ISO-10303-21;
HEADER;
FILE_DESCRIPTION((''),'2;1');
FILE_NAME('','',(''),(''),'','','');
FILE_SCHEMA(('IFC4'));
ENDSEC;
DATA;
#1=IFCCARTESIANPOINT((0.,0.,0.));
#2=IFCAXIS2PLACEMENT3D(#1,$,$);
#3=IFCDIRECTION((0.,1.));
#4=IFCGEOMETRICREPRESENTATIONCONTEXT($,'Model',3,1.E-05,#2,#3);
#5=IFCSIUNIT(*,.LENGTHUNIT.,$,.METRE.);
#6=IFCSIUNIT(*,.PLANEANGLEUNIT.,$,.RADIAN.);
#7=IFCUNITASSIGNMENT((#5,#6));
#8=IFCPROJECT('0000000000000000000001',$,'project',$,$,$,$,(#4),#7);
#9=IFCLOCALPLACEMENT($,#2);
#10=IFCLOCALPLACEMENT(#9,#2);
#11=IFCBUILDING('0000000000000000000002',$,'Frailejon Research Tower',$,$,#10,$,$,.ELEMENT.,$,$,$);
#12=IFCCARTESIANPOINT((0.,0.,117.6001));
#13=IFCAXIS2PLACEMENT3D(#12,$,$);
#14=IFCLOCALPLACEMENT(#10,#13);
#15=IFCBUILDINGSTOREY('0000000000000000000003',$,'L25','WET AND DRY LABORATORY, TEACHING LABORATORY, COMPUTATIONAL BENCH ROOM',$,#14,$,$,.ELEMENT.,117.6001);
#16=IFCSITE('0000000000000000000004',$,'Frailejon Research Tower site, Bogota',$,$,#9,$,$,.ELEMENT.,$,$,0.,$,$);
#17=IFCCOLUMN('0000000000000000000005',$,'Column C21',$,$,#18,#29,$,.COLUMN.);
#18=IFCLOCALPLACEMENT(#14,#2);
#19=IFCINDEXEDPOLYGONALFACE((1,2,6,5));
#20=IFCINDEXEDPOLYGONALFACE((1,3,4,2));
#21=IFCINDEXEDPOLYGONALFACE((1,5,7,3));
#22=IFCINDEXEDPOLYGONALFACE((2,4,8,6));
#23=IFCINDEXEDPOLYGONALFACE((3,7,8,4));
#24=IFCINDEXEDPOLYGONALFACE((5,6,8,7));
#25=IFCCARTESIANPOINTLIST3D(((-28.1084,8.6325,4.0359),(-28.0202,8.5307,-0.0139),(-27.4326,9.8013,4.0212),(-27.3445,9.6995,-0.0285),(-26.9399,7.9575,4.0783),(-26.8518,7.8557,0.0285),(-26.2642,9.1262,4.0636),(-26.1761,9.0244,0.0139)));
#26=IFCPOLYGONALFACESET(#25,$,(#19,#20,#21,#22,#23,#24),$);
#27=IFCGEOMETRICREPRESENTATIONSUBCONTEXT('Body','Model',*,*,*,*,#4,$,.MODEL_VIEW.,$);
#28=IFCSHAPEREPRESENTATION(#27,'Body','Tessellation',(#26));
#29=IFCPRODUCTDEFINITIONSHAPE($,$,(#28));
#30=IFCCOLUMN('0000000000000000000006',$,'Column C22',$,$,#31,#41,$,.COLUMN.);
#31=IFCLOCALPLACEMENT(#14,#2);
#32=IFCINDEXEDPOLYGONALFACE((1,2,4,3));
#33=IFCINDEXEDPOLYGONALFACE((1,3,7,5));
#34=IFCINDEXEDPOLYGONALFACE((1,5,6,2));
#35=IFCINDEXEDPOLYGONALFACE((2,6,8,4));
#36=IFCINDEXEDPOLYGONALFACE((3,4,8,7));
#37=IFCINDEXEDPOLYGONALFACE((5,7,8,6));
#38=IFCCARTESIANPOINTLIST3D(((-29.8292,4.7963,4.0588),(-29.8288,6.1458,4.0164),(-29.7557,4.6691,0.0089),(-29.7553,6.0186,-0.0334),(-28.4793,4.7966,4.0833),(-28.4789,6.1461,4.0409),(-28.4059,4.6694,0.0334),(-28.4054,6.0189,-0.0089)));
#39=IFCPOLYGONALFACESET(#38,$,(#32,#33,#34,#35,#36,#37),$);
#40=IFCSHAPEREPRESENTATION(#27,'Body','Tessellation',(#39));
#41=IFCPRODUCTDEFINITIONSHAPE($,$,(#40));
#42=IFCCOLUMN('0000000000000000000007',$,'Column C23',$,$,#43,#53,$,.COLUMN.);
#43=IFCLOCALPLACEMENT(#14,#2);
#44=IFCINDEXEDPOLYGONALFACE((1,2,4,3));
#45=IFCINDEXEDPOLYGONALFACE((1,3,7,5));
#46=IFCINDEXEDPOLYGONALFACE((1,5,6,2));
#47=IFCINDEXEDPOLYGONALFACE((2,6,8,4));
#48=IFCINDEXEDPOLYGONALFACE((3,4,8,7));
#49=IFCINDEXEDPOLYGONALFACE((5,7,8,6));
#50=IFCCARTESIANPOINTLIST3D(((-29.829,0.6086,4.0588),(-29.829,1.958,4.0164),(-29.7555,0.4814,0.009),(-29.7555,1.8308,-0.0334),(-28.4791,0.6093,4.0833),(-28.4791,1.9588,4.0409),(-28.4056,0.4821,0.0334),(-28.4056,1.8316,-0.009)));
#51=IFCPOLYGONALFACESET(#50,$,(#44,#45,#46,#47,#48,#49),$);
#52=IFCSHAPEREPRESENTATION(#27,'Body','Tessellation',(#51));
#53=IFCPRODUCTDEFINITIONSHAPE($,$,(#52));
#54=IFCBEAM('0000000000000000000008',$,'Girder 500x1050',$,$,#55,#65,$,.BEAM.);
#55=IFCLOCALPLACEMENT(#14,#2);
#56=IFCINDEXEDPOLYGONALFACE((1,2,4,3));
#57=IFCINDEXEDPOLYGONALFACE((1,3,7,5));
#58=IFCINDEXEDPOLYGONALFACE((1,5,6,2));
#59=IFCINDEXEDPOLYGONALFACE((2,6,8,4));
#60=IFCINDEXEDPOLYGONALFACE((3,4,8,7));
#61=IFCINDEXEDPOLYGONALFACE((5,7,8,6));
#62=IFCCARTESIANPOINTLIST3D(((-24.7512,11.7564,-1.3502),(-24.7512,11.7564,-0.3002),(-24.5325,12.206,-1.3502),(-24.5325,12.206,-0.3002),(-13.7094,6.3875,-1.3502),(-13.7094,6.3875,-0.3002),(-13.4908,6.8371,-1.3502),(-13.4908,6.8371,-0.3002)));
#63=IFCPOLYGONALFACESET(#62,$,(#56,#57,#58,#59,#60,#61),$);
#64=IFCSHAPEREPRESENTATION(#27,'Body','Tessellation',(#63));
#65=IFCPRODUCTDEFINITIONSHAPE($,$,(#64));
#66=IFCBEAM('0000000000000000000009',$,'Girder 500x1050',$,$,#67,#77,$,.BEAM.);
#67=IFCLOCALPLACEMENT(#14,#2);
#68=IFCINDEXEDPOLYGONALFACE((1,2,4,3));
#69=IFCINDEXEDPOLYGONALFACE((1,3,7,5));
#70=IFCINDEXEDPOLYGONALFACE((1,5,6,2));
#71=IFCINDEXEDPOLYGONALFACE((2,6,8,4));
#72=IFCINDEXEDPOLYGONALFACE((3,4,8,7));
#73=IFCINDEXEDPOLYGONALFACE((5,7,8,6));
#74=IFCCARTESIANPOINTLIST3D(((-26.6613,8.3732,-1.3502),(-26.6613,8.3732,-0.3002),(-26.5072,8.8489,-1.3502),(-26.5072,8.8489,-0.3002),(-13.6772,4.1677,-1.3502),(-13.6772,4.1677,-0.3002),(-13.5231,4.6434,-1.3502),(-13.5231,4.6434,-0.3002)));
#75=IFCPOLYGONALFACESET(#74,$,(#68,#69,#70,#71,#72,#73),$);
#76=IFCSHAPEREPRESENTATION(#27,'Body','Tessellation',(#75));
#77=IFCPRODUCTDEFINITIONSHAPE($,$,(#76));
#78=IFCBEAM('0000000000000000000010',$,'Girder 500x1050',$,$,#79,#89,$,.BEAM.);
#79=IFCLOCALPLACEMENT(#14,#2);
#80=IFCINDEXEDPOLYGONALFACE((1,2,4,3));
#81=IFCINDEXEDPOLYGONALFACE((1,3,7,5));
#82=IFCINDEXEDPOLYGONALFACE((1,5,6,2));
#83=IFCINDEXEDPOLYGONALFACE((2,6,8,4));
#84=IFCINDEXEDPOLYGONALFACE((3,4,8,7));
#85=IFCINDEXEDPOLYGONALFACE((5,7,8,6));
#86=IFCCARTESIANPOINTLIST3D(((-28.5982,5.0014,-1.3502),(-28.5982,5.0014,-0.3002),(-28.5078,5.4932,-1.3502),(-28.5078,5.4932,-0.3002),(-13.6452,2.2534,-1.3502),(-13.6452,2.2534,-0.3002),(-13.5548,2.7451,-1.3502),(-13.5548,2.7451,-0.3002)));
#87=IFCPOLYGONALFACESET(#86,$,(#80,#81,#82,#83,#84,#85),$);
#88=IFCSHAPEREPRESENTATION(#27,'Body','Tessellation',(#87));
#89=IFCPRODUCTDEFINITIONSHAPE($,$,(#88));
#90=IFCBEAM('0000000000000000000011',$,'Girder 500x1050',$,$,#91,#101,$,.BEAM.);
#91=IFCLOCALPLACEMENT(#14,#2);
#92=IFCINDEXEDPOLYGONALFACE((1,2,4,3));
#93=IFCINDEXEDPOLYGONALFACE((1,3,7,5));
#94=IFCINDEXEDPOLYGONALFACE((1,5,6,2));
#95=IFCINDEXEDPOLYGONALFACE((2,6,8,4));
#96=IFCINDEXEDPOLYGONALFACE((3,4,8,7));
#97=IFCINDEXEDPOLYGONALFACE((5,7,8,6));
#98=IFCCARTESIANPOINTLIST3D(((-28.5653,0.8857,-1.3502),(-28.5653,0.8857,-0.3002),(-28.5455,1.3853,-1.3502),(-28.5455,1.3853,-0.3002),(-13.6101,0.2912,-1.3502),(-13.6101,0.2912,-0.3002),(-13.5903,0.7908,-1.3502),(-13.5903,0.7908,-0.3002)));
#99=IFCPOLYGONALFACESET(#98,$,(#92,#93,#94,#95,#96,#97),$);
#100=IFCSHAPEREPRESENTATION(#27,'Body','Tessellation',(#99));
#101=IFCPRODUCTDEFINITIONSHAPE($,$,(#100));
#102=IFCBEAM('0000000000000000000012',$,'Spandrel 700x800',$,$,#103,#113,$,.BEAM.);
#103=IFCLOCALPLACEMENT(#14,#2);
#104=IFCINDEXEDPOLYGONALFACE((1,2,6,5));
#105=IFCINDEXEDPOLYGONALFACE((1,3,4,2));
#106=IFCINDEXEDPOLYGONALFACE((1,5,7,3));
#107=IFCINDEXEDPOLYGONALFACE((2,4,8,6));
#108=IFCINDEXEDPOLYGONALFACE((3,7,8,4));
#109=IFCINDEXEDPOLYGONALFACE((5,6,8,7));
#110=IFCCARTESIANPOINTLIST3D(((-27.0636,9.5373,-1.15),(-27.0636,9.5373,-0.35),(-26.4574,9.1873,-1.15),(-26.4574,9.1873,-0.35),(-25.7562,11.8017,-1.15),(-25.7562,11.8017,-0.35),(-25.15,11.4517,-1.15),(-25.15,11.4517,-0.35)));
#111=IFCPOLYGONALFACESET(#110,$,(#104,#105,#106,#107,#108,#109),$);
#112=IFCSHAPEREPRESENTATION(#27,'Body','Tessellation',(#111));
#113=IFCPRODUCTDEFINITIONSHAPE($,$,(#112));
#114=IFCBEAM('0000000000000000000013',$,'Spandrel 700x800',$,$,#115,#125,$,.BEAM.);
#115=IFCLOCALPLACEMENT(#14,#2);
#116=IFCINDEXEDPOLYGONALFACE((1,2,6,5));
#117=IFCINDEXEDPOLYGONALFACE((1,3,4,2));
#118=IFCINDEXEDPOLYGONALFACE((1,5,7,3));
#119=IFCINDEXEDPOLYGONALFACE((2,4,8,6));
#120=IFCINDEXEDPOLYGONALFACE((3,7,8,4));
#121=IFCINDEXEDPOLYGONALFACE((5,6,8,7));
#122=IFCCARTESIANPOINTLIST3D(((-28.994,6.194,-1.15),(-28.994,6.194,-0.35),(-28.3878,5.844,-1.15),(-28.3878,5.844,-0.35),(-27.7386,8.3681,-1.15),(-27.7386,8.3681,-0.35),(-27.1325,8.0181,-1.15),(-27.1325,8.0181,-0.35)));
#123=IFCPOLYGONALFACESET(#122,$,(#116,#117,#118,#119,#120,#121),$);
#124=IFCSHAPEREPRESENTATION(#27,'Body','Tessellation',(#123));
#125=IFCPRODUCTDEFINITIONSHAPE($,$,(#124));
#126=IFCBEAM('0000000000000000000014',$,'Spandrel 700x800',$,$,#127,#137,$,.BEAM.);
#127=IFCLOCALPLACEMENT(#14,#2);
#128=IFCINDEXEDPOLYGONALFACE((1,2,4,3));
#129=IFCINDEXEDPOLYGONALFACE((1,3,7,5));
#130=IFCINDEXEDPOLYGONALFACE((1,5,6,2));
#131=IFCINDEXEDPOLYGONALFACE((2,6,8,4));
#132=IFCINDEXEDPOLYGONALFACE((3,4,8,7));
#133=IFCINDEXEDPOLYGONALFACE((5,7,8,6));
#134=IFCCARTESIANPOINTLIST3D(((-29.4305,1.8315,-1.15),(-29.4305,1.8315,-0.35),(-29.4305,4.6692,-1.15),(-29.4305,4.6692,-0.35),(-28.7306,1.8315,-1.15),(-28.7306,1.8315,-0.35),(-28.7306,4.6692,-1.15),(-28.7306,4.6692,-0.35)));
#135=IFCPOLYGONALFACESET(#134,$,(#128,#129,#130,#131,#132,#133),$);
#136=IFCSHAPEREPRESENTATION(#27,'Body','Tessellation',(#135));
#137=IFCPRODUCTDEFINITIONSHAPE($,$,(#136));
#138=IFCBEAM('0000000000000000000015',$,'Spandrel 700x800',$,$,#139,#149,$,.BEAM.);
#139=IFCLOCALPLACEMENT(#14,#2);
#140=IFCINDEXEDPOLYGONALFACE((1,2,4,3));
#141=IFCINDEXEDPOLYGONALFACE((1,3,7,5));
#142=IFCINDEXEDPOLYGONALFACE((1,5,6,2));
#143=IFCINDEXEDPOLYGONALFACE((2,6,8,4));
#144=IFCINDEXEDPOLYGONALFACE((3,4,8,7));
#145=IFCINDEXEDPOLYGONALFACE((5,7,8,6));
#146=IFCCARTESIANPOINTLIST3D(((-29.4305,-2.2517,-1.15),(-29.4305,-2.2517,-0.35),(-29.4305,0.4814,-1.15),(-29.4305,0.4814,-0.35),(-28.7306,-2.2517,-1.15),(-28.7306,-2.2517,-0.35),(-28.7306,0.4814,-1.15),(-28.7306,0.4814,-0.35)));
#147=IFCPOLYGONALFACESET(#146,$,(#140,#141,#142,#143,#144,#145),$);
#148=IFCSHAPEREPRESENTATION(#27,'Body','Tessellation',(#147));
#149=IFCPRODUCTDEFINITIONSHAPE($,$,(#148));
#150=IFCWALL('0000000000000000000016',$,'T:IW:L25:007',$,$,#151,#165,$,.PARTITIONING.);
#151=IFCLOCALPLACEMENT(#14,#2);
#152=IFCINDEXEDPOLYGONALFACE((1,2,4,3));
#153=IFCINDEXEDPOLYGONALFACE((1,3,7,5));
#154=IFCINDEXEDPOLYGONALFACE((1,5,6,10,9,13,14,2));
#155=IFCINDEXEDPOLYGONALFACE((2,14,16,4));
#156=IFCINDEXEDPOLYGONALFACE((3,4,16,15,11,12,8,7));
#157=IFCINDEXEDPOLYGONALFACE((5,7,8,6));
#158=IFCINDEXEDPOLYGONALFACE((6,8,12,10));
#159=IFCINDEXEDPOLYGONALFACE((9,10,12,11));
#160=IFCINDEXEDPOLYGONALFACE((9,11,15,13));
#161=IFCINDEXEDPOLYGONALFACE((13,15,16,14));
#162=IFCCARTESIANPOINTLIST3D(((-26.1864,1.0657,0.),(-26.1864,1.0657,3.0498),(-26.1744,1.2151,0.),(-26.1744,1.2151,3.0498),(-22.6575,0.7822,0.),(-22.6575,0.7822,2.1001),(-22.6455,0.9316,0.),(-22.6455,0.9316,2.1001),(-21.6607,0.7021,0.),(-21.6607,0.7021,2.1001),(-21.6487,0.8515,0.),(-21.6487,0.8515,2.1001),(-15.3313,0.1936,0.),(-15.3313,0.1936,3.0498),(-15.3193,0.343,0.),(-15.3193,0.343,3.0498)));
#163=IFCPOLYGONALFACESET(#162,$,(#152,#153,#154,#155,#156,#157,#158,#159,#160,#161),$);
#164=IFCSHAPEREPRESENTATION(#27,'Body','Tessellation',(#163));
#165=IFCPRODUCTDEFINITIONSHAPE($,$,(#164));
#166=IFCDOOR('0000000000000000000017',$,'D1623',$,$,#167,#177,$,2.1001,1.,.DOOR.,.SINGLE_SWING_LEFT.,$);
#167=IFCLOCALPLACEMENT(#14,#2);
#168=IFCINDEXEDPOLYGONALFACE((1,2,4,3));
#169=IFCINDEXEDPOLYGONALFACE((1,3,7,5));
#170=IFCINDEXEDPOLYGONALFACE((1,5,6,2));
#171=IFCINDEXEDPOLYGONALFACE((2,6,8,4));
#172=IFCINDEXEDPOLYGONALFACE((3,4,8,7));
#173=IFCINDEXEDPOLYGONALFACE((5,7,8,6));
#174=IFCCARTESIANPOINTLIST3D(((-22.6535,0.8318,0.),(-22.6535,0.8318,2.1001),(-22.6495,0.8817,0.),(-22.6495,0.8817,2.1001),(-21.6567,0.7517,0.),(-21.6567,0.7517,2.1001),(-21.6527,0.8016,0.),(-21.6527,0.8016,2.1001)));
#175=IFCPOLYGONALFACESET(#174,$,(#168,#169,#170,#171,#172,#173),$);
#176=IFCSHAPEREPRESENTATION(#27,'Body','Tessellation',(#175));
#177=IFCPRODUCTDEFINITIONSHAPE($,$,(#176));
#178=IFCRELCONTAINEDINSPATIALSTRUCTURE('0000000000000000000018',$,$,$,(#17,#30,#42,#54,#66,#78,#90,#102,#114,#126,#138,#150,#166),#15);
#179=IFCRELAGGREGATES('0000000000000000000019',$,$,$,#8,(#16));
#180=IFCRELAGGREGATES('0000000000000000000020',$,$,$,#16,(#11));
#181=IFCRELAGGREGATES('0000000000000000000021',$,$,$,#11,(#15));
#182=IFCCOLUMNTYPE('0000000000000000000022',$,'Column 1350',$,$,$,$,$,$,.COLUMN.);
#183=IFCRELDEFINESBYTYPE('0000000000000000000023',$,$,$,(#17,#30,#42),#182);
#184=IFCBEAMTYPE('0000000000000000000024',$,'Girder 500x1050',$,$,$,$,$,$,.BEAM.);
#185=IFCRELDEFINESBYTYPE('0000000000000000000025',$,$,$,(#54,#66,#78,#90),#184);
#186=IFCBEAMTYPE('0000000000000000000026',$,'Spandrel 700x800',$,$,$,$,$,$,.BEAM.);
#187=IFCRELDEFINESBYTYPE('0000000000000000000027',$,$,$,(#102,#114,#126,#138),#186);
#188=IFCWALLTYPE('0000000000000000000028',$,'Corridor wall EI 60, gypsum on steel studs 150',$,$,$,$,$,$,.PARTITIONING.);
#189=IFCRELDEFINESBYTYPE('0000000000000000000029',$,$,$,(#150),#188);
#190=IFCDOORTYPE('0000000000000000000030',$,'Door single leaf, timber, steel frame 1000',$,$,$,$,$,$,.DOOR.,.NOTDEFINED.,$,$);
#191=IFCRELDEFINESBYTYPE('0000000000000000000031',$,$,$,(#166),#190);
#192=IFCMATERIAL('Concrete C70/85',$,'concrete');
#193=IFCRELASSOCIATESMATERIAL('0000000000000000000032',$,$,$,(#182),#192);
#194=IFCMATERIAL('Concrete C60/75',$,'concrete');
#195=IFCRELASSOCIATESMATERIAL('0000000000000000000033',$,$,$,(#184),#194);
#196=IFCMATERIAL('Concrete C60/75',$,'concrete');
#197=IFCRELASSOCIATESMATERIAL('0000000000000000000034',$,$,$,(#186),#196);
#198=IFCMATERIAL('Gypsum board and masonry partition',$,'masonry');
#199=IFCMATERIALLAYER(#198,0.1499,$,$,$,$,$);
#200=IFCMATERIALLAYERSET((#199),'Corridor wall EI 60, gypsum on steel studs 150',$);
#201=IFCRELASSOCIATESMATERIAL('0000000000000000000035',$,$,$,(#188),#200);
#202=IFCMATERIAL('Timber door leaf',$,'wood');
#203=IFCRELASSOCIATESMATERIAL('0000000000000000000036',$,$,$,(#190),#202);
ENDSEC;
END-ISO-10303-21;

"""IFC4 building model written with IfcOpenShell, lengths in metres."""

from ifc_helpers import new_model, si_unit, direction, frame, frame_2d, origin, origin_2d, place, context, subcontext, project, spatial, rectangle, extrude, material, layer, layer_set, material_profile, profile_set, type_object, element, fill, save


model = new_model("IFC4")

# Units and contexts
model_context = context("Model", 3, precision=1e-05, world=origin(), true_north=direction((0.0, 1.0)))
body_context = subcontext(model_context, "Body", "Model", "MODEL_VIEW")
ifc_project = project(units=[si_unit("LENGTHUNIT", "METRE"), si_unit("PLANEANGLEUNIT", "RADIAN")], contexts=[model_context])

# Site, building, storey
site_placement = place(None, origin())
site = spatial("IfcSite", under=ifc_project, at=site_placement, Name="Frailejon Research Tower site, Bogota", CompositionType="ELEMENT", RefElevation=0.0)
building_placement = place(site_placement, origin())
building = spatial("IfcBuilding", under=site, at=building_placement, Name="Frailejon Research Tower", CompositionType="ELEMENT")
storey_placement = place(building_placement, frame((0.0, 0.0, 117.6001)))
storey = spatial("IfcBuildingStorey", under=building, at=storey_placement, Name="L25", Description="WET AND DRY LABORATORY, TEACHING LABORATORY, COMPUTATIONAL BENCH ROOM", CompositionType="ELEMENT", Elevation=117.6001)

# Columns
ifc_material_1 = material(Name="Concrete C70/85", Category="concrete")
ifc_material_profile_1 = material_profile(ifc_material_1, rectangle(XDim=1.3501, YDim=1.3501, at=origin_2d()), Name="Column 1350")
ifc_profile_set_1 = profile_set([ifc_material_profile_1], Name="Concrete C70/85")
column_type = type_object("IfcColumnType", Name="Column 1350", PredefinedType="COLUMN", material=ifc_profile_set_1)
column_placement = place(storey_placement, frame((-27.0981, 8.7776, 0.0), z_axis=(-0.021751, 0.025125, 0.999448), x_axis=(-0.500502, -0.865667, 0.010869)))
element("IfcColumn", 1, at=column_placement, inside=storey, type_object=column_type, Name="Column C21", PredefinedType="COLUMN", context=body_context, shape_type="SweptSolid", body=[
    extrude(rectangle(XDim=1.3501, YDim=1.3501, at=origin_2d()), origin(), (0.0, 0.0, 1.0), 4.052),
])
for number, where, z_axis, x_axis, name in (
    (2, (-29.0806, 5.344, 0.0), (-0.018134, 0.031388, 0.999343), (-0.000336, -0.999507, 0.031387), "Column C22"),
    (3, (-29.0806, 1.1565, 0.0), (-0.018134, 0.031388, 0.999343), (-0.000022, -0.999507, 0.031392), "Column C23"),
):
    element("IfcColumn", number, at=place(storey_placement, frame(where, z_axis=z_axis, x_axis=x_axis)), inside=storey, type_object=column_type, Name=name, PredefinedType="COLUMN", context=body_context, shape_type="SweptSolid", body=[
        extrude(rectangle(XDim=1.3501, YDim=1.3501, at=origin_2d()), origin(), (0.0, 0.0, 1.0), 4.0525),
    ])

# Beams
ifc_material_2 = material(Name="Concrete C60/75", Category="concrete")
ifc_material_profile_2 = material_profile(ifc_material_2, rectangle(XDim=0.5, YDim=1.05, at=origin_2d()), Name="Girder 500x1050")
ifc_profile_set_2 = profile_set([ifc_material_profile_2], Name="Concrete C60/75")
beam_type_1 = type_object("IfcBeamType", Name="Girder 500x1050", PredefinedType="BEAM", material=ifc_profile_set_2)
beam_1_placement = place(storey_placement, frame((-24.6418, 11.9812, -0.8252), z_axis=(0.899324, -0.437284, 0.0), x_axis=(0.437284, 0.899324, 0.0)))
element("IfcBeam", 4, at=beam_1_placement, inside=storey, type_object=beam_type_1, Name="Girder 500x1050", PredefinedType="BEAM", context=body_context, shape_type="SweptSolid", body=[
    extrude(rectangle(XDim=0.5, YDim=1.05, at=origin_2d()), origin(), (0.0, 0.0, 1.0), 12.2778),
])
beam_2_placement = place(storey_placement, frame((-26.5842, 8.6111, -0.8252), z_axis=(0.951341, -0.30814, 0.0), x_axis=(0.30814, 0.951341, 0.0)))
element("IfcBeam", 5, at=beam_2_placement, inside=storey, type_object=beam_type_1, Name="Girder 500x1050", PredefinedType="BEAM", context=body_context, shape_type="SweptSolid", body=[
    extrude(rectangle(XDim=0.5, YDim=1.05, at=origin_2d()), origin(), (0.0, 0.0, 1.0), 13.6482),
])
beam_3_placement = place(storey_placement, frame((-28.553, 5.2473, -0.8252), z_axis=(0.983528, -0.180753, 0.0), x_axis=(0.180753, 0.983528, 0.0)))
element("IfcBeam", 6, at=beam_3_placement, inside=storey, type_object=beam_type_1, Name="Girder 500x1050", PredefinedType="BEAM", context=body_context, shape_type="SweptSolid", body=[
    extrude(rectangle(XDim=0.5, YDim=1.05, at=origin_2d()), origin(), (0.0, 0.0, 1.0), 15.2034),
])
beam_4_placement = place(storey_placement, frame((-28.5554, 1.1355, -0.8252), z_axis=(0.999211, -0.039719, 0.0), x_axis=(0.039719, 0.999211, 0.0)))
element("IfcBeam", 7, at=beam_4_placement, inside=storey, type_object=beam_type_1, Name="Girder 500x1050", PredefinedType="BEAM", context=body_context, shape_type="SweptSolid", body=[
    extrude(rectangle(XDim=0.5, YDim=1.05, at=origin_2d()), origin(), (0.0, 0.0, 1.0), 14.967),
])
ifc_material_3 = material(Name="Concrete C60/75", Category="concrete")
ifc_material_profile_3 = material_profile(ifc_material_3, rectangle(XDim=0.7, YDim=0.8, at=origin_2d()), Name="Spandrel 700x800")
ifc_profile_set_3 = profile_set([ifc_material_profile_3], Name="Concrete C60/75")
beam_type_2 = type_object("IfcBeamType", Name="Spandrel 700x800", PredefinedType="BEAM", material=ifc_profile_set_3)
beam_5_placement = place(storey_placement, frame((-25.4531, 11.6267, -0.75), z_axis=(-0.500005, -0.866022, 0.0), x_axis=(0.866022, -0.500005, 0.0)))
element("IfcBeam", 8, at=beam_5_placement, inside=storey, type_object=beam_type_2, Name="Spandrel 700x800", PredefinedType="BEAM", context=body_context, shape_type="SweptSolid", body=[
    extrude(rectangle(XDim=0.7, YDim=0.8, at=origin_2d()), origin(), (0.0, 0.0, 1.0), 2.6147),
])
beam_6_placement = place(storey_placement, frame((-27.4355, 8.1931, -0.75), z_axis=(-0.500051, -0.865996, 0.0), x_axis=(0.865996, -0.500051, 0.0)))
element("IfcBeam", 9, at=beam_6_placement, inside=storey, type_object=beam_type_2, Name="Spandrel 700x800", PredefinedType="BEAM", context=body_context, shape_type="SweptSolid", body=[
    extrude(rectangle(XDim=0.7, YDim=0.8, at=origin_2d()), origin(), (0.0, 0.0, 1.0), 2.5105),
])
beam_7_placement = place(storey_placement, frame((-29.0806, 4.6692, -0.75), z_axis=(0.0, -1.0, 0.0), x_axis=(1.0, 0.0, 0.0)))
element("IfcBeam", 10, at=beam_7_placement, inside=storey, type_object=beam_type_2, Name="Spandrel 700x800", PredefinedType="BEAM", context=body_context, shape_type="SweptSolid", body=[
    extrude(rectangle(XDim=0.7, YDim=0.8, at=origin_2d()), origin(), (0.0, 0.0, 1.0), 2.8376),
])
beam_8_placement = place(storey_placement, frame((-29.0806, 0.4814, -0.75), z_axis=(0.0, -1.0, 0.0), x_axis=(1.0, 0.0, 0.0)))
element("IfcBeam", 11, at=beam_8_placement, inside=storey, type_object=beam_type_2, Name="Spandrel 700x800", PredefinedType="BEAM", context=body_context, shape_type="SweptSolid", body=[
    extrude(rectangle(XDim=0.7, YDim=0.8, at=origin_2d()), origin(), (0.0, 0.0, 1.0), 2.7332),
])

# Wall, opening, door
ifc_material_4 = material(Name="Gypsum board and masonry partition", Category="masonry")
ifc_layer_1 = layer(ifc_material_4, 0.1499)
ifc_layer_set_1 = layer_set([ifc_layer_1], Name="Corridor wall EI 60, gypsum on steel studs 150")
wall_type_1 = type_object("IfcWallType", Name="Corridor wall EI 60, gypsum on steel studs 150", PredefinedType="PARTITIONING", material=ifc_layer_set_1)
wall_1_placement = place(storey_placement, frame((-26.1804, 1.1404, 0.0), z_axis=(0.0, 0.0, 1.0), x_axis=(0.996789, -0.080078, 0.0)))
wall_1 = element("IfcWall", 12, at=wall_1_placement, inside=storey, type_object=wall_type_1, Name="T:IW:L25:007", PredefinedType="PARTITIONING", context=body_context, shape_type="SweptSolid", body=[
    extrude(rectangle(XDim=10.8901, YDim=0.1499, at=frame_2d((5.4451, 0.0))), origin(), (0.0, 0.0, 1.0), 3.0498),
])
opening_1_placement = place(wall_1_placement, frame((3.5403, 0.0, 0.0)))
opening_1 = element("IfcOpeningElement", 13, at=opening_1_placement, cuts=wall_1, PredefinedType="OPENING", context=body_context, shape_type="SweptSolid", body=[
    extrude(rectangle(XDim=1.0, YDim=2.1001, at=frame_2d((0.5, 1.05))), frame((0.0, 0.085, 0.0), z_axis=(0.0, -1.0, 0.0), x_axis=(1.0, 0.0, 0.0)), (0.0, 0.0, 1.0), 0.1699),
])
ifc_material_5 = material(Name="Timber door leaf", Category="wood")
door_type = type_object("IfcDoorType", Name="Door single leaf, timber, steel frame 1000", OperationType="NOTDEFINED", PredefinedType="DOOR", material=ifc_material_5)
door_placement = place(opening_1_placement, origin())
door = element("IfcDoor", 14, at=door_placement, inside=storey, type_object=door_type, Name="D1623", OperationType="SINGLE_SWING_LEFT", OverallHeight=2.1001, OverallWidth=1.0, PredefinedType="DOOR", context=body_context, shape_type="SweptSolid", body=[
    extrude(rectangle(XDim=1.0, YDim=2.1001, at=frame_2d((0.5, 1.05))), frame((0.0, 0.0249, 0.0), z_axis=(0.0, -1.0, 0.0), x_axis=(1.0, 0.0, 0.0)), (0.0, 0.0, 1.0), 0.05),
])
fill(opening_1, door)

save(model, "model.ifc")
